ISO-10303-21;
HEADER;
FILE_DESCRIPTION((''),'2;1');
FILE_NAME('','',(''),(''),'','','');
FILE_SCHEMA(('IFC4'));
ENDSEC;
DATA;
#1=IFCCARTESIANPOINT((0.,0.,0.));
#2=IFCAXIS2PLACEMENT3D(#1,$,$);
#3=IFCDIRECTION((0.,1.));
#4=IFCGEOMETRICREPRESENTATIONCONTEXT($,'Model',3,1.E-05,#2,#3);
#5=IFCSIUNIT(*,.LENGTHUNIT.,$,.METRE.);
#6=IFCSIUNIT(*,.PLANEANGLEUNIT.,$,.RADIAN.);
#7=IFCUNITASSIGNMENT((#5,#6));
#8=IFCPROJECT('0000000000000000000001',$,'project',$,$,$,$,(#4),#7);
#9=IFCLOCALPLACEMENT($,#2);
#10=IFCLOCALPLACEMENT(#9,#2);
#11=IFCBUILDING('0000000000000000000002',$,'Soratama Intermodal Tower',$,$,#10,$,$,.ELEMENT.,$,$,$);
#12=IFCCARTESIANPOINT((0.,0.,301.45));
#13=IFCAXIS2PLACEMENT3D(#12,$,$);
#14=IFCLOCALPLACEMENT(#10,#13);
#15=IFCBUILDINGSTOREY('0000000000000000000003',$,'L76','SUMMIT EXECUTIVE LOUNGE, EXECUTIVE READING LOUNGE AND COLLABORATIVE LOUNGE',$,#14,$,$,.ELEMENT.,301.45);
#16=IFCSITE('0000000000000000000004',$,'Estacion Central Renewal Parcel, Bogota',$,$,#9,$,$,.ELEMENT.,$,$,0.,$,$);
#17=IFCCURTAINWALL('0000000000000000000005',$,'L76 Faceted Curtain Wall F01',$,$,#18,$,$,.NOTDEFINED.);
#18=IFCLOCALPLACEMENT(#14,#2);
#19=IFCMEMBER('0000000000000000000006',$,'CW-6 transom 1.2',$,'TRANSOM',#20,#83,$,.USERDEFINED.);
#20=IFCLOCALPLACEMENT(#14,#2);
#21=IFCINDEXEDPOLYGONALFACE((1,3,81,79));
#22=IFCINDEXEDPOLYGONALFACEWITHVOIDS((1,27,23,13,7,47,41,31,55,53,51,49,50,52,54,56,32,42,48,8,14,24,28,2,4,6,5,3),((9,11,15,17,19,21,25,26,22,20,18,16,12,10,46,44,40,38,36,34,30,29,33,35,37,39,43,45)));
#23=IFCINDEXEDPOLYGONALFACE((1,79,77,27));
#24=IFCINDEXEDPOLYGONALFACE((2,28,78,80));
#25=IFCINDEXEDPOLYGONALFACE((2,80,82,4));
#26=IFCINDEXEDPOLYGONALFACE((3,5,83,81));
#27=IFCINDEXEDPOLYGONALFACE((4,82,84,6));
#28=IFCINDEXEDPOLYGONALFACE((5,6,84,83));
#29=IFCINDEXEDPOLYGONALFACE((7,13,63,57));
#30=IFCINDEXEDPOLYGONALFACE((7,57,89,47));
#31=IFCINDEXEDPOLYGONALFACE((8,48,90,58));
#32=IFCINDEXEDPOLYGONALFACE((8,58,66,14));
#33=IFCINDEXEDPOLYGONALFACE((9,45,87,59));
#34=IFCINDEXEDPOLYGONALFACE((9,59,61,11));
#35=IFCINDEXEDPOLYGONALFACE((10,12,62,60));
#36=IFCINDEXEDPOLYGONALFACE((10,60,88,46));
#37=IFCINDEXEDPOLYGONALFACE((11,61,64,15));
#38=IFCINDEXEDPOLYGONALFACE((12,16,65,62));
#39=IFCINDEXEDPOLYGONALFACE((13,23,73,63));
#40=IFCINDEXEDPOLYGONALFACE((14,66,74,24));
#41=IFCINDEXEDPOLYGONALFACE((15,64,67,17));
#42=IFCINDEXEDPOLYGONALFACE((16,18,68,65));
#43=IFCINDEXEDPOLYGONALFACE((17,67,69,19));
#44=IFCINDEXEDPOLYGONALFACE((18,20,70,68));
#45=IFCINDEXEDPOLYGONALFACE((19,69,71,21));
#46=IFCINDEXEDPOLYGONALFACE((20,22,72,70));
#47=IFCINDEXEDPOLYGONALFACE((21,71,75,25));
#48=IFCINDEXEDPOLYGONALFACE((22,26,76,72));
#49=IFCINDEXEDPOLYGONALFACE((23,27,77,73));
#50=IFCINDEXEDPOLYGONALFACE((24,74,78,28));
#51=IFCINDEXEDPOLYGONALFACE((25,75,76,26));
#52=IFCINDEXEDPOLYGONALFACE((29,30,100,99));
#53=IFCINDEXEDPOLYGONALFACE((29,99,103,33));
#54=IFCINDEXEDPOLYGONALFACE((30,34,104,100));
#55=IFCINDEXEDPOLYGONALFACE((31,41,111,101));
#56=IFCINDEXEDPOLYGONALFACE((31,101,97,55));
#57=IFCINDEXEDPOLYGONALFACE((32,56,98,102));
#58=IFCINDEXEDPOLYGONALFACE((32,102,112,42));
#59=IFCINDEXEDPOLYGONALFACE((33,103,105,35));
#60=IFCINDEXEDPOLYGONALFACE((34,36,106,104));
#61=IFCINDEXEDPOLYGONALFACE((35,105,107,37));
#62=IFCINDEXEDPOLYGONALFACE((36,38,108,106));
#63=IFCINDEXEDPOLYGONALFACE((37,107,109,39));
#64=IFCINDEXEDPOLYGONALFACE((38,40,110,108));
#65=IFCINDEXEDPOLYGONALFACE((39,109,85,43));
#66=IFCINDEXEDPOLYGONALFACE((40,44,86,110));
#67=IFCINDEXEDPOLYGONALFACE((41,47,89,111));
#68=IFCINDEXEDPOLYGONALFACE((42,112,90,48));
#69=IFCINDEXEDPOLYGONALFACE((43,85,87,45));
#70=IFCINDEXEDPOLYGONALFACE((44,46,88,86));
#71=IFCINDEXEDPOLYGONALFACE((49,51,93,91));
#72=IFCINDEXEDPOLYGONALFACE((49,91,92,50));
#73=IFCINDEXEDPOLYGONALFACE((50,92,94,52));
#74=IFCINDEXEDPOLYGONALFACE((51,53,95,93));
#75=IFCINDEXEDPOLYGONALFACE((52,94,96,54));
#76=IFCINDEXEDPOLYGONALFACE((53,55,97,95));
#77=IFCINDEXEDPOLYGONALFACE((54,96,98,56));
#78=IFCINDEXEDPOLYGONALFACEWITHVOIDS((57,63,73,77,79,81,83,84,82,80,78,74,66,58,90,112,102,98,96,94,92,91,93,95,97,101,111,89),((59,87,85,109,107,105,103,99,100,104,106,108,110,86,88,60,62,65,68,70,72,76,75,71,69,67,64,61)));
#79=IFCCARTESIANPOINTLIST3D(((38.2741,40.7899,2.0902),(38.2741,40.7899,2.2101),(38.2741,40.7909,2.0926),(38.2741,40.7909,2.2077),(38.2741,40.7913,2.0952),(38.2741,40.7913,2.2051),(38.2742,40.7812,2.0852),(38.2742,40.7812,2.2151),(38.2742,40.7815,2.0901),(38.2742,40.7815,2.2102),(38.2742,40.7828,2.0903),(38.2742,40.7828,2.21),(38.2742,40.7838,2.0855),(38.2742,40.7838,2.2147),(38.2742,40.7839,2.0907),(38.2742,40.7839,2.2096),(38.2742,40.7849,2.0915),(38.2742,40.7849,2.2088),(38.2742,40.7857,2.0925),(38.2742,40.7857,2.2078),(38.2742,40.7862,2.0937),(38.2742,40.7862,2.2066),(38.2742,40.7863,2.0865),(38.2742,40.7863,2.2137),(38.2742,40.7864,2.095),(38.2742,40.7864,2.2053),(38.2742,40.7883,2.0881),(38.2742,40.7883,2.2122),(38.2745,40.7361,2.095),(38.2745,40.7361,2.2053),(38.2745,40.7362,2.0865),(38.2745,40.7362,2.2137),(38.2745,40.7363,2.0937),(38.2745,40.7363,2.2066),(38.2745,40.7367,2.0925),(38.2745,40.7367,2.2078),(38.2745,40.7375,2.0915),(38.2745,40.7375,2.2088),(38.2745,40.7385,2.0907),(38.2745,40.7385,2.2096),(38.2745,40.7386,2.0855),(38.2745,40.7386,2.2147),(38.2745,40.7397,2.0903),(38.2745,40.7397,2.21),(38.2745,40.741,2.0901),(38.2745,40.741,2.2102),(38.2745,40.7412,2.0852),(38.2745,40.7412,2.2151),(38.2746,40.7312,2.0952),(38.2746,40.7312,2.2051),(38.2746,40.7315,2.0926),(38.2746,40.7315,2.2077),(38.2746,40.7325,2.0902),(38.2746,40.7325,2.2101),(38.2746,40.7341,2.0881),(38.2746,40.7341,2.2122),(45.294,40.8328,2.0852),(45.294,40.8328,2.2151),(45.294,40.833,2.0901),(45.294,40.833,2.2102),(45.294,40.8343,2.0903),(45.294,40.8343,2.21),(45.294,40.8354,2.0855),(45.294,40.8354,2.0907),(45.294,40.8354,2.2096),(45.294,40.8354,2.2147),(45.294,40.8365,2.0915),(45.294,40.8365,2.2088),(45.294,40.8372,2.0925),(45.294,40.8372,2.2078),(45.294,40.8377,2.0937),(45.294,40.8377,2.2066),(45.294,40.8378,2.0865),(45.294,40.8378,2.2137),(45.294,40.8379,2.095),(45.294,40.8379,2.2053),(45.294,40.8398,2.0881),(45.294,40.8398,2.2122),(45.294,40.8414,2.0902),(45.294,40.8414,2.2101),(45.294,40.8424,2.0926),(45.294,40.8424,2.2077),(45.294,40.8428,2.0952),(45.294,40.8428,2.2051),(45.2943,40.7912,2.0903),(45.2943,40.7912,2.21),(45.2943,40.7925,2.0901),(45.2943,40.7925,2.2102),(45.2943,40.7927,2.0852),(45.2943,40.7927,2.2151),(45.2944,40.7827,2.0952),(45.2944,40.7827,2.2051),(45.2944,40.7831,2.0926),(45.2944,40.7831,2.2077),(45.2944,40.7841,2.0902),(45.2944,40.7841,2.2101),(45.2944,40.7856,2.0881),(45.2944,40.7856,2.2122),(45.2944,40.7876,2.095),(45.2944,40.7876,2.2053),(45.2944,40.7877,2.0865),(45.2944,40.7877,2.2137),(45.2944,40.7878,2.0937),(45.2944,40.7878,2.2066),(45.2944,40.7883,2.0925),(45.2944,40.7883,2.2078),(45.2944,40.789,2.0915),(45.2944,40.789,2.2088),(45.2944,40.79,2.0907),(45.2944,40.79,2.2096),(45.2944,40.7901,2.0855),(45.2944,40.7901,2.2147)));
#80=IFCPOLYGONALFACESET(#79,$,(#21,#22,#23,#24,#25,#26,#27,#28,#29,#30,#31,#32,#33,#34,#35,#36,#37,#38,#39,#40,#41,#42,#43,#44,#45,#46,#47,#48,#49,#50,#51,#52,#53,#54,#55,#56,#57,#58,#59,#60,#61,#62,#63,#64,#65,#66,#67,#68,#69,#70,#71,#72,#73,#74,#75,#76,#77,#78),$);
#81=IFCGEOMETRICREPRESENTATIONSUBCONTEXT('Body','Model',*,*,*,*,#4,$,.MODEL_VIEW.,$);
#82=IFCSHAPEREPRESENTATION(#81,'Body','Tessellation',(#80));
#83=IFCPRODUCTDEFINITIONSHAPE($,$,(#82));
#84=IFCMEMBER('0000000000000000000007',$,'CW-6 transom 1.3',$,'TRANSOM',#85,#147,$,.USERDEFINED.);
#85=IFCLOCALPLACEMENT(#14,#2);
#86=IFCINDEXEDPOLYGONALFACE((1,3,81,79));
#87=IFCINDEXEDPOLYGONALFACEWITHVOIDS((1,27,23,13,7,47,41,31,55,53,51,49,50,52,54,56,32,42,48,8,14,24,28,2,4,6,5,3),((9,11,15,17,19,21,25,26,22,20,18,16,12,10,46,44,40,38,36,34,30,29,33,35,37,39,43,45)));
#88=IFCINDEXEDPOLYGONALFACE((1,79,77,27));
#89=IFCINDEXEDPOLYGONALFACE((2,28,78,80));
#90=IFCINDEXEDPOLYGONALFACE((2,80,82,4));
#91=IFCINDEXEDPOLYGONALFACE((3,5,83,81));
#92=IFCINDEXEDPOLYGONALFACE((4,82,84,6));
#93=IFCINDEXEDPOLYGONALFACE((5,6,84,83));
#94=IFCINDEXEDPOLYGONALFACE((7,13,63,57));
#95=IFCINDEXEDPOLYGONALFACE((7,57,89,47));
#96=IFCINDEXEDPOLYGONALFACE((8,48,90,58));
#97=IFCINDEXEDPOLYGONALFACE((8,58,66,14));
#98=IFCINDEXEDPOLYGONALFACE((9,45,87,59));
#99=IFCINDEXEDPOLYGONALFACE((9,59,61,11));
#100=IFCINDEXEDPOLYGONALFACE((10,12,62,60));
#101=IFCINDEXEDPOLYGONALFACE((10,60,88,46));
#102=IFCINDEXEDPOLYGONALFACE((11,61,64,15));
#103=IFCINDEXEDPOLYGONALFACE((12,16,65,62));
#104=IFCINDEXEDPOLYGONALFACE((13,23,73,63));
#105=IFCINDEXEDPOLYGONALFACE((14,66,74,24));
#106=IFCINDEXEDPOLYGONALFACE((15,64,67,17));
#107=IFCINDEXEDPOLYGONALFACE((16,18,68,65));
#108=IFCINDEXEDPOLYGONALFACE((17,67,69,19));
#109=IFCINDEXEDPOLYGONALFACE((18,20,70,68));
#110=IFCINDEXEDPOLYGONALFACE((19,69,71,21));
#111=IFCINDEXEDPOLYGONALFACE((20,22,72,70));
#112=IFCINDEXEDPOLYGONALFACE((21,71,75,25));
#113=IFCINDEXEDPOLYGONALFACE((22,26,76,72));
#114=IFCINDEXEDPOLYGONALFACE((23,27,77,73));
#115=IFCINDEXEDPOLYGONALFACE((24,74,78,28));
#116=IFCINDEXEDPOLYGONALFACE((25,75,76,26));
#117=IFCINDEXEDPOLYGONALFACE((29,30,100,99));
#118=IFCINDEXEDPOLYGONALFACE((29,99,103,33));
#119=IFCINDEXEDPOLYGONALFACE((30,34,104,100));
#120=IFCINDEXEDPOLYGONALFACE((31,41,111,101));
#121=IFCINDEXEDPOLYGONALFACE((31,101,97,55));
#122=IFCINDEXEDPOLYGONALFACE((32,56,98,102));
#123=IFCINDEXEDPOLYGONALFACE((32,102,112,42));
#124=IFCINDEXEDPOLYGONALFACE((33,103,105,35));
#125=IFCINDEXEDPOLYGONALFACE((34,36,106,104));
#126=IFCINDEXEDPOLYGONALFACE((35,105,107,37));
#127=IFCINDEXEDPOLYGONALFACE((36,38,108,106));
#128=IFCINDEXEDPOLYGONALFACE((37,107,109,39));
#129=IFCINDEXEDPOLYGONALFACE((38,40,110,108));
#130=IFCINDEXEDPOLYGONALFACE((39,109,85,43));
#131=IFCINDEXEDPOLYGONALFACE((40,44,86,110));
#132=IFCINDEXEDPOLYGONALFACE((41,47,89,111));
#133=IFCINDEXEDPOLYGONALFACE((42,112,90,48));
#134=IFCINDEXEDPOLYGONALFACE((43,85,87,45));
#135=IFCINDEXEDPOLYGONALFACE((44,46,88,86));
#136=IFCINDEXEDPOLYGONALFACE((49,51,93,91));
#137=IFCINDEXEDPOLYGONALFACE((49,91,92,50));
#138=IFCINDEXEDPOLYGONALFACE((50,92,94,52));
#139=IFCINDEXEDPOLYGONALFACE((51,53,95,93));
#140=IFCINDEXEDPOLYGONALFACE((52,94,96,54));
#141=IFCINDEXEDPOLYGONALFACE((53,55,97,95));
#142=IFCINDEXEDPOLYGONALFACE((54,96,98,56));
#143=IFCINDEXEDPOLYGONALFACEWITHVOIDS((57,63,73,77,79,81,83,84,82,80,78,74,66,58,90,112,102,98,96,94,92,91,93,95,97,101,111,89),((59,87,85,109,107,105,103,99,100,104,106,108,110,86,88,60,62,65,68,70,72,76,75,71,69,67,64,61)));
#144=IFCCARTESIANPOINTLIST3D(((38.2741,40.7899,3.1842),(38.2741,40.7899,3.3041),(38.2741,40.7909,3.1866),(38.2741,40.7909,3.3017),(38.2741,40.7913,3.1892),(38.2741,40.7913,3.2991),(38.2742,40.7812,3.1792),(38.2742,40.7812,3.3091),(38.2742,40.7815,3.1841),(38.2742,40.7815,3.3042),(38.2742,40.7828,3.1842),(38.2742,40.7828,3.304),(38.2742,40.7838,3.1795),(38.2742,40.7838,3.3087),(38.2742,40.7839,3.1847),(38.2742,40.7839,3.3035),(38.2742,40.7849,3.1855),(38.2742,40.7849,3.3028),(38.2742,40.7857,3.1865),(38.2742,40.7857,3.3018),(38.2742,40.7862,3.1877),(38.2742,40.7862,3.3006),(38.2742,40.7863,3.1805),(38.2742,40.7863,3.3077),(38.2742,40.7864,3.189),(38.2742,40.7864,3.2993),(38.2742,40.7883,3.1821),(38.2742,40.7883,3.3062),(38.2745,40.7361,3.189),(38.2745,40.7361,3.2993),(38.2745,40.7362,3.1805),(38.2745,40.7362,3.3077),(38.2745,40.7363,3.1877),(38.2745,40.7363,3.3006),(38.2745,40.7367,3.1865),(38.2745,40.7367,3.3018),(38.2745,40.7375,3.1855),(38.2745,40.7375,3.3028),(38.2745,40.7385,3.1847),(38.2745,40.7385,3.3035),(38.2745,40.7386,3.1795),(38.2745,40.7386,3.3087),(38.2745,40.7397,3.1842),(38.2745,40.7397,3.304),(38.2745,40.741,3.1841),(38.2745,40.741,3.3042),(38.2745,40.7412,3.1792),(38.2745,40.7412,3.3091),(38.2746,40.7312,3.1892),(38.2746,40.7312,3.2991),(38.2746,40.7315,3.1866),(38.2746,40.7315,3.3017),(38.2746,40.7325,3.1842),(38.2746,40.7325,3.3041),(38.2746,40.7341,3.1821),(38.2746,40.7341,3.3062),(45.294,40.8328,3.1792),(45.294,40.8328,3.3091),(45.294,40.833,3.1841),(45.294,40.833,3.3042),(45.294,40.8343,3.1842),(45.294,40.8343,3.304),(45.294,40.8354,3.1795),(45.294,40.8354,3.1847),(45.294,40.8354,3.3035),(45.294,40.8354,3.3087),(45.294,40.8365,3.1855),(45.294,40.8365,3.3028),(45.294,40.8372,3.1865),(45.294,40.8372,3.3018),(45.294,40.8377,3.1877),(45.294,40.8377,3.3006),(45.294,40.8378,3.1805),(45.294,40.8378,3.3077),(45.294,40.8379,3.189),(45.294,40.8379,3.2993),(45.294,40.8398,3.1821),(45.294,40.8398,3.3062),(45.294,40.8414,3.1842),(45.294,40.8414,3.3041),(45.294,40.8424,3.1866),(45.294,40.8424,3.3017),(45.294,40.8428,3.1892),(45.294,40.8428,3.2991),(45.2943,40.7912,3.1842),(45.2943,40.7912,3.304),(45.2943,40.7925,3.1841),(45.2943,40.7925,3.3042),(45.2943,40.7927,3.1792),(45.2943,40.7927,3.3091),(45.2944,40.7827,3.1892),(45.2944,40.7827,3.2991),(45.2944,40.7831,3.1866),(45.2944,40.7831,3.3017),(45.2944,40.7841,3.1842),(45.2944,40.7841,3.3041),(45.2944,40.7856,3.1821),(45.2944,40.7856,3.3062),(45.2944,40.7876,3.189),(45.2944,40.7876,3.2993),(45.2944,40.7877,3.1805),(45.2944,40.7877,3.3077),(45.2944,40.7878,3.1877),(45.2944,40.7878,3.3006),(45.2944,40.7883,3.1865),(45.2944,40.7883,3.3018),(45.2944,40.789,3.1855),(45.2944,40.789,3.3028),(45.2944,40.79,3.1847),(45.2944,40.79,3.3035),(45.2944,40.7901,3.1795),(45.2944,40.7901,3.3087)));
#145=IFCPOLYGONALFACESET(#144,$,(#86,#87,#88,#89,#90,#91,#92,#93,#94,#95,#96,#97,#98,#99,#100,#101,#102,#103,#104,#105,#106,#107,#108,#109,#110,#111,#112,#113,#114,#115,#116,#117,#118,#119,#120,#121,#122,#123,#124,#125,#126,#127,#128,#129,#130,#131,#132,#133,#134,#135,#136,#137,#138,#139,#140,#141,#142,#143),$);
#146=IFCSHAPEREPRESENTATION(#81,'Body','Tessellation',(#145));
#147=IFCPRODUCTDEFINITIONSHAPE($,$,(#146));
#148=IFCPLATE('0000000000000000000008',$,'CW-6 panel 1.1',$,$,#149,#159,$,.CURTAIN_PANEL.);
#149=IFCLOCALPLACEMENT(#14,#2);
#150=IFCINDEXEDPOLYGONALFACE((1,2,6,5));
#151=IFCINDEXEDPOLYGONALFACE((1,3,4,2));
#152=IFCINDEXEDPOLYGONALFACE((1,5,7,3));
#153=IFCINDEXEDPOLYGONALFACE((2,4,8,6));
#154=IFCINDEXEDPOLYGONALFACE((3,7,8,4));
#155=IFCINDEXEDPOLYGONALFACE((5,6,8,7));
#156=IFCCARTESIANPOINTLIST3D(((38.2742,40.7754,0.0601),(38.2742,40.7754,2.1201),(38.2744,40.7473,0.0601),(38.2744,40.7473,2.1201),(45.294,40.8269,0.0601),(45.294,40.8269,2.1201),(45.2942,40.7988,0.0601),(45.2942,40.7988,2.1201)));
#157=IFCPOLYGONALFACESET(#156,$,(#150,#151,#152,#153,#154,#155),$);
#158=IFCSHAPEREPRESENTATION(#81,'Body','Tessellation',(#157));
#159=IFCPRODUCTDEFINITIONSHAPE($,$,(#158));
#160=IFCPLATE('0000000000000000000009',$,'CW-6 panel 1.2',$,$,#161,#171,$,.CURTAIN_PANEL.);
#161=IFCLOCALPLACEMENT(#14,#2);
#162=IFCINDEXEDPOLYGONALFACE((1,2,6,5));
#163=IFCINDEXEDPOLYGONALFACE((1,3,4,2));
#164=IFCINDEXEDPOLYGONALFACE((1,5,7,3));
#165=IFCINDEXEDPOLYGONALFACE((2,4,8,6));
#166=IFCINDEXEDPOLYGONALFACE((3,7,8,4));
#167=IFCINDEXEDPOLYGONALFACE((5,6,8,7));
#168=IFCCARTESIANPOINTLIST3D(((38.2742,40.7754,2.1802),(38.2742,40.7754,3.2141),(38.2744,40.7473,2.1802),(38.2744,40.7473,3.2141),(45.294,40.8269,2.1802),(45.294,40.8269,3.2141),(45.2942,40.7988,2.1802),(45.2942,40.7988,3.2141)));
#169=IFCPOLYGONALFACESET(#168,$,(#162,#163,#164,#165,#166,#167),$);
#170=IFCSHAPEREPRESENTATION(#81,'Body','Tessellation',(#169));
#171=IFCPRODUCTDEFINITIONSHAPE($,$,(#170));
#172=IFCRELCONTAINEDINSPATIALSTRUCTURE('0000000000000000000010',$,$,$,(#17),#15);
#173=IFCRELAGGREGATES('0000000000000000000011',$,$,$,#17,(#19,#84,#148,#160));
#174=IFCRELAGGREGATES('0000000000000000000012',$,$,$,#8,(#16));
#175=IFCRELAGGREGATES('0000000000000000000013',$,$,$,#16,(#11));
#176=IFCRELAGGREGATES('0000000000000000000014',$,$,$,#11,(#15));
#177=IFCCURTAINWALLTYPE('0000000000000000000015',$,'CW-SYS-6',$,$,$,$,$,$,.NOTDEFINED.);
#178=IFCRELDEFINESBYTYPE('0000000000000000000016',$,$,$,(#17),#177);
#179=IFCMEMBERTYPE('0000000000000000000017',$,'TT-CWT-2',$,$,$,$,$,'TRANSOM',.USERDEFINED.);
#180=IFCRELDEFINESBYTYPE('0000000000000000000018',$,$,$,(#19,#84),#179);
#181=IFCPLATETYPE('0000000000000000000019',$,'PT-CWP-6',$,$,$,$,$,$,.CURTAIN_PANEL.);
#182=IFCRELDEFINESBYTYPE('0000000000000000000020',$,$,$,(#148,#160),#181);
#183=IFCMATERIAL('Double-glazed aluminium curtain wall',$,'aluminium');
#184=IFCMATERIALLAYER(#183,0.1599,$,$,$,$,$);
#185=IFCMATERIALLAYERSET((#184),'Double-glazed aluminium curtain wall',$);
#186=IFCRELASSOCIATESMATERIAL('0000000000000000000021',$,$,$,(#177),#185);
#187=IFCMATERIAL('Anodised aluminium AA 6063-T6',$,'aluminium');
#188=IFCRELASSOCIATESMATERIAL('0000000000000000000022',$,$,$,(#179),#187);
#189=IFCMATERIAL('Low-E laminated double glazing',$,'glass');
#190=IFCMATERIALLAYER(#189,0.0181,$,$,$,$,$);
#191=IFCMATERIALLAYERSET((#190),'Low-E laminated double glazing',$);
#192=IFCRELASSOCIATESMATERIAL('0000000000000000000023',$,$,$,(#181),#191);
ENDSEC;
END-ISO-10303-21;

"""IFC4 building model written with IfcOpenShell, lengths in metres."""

from ifc_helpers import new_model, si_unit, direction, frame, origin, origin_2d, place, context, subcontext, project, spatial, rectangle, hollow_rectangle, extrude, material, layer, layer_set, material_profile, profile_set, type_object, element, aggregate, save


model = new_model("IFC4")

# Units and contexts
model_context = context("Model", 3, precision=1e-05, world=origin(), true_north=direction((0.0, 1.0)))
body_context = subcontext(model_context, "Body", "Model", "MODEL_VIEW")
ifc_project = project(units=[si_unit("LENGTHUNIT", "METRE"), si_unit("PLANEANGLEUNIT", "RADIAN")], contexts=[model_context])

# Site, building, storey
site_placement = place(None, origin())
site = spatial("IfcSite", under=ifc_project, at=site_placement, Name="Estacion Central Renewal Parcel, Bogota", CompositionType="ELEMENT", RefElevation=0.0)
building_placement = place(site_placement, origin())
building = spatial("IfcBuilding", under=site, at=building_placement, Name="Soratama Intermodal Tower", CompositionType="ELEMENT")
storey_placement = place(building_placement, frame((0.0, 0.0, 301.45)))
storey = spatial("IfcBuildingStorey", under=building, at=storey_placement, Name="L76", Description="SUMMIT EXECUTIVE LOUNGE, EXECUTIVE READING LOUNGE AND COLLABORATIVE LOUNGE", CompositionType="ELEMENT", Elevation=301.45)

# Curtain wall, members, plates
ifc_material_1 = material(Name="Double-glazed aluminium curtain wall", Category="aluminium")
ifc_layer_1 = layer(ifc_material_1, 0.1599)
ifc_layer_set_1 = layer_set([ifc_layer_1], Name="Double-glazed aluminium curtain wall")
curtain_wall_type = type_object("IfcCurtainWallType", Name="CW-SYS-6", PredefinedType="NOTDEFINED", material=ifc_layer_set_1)
curtain_wall_placement = place(storey_placement, origin())
curtain_wall = element("IfcCurtainWall", 1, at=curtain_wall_placement, inside=storey, type_object=curtain_wall_type, Name="L76 Faceted Curtain Wall F01", PredefinedType="NOTDEFINED")
ifc_material_2 = material(Name="Anodised aluminium AA 6063-T6", Category="aluminium")
ifc_material_profile_1 = material_profile(ifc_material_2, hollow_rectangle(XDim=0.0601, YDim=0.1299, WallThickness=0.0049, InnerFilletRadius=0.0049, OuterFilletRadius=0.01, at=origin_2d()), Name="CWT130X60X5")
ifc_profile_set_1 = profile_set([ifc_material_profile_1], Name="Anodised aluminium AA 6063-T6")
member_type_1 = type_object("IfcMemberType", Name="TT-CWT-2", ElementType="TRANSOM", PredefinedType="USERDEFINED", material=ifc_profile_set_1)
member_1_placement = place(storey_placement, frame((45.2942, 40.8127, 2.1501), z_axis=(-0.999973, -0.007338, 0.0), x_axis=(0.007338, -0.999973, 0.0)))
member_1 = element("IfcMember", 2, at=member_1_placement, type_object=member_type_1, Name="CW-6 transom 1.2", ObjectType="TRANSOM", PredefinedType="USERDEFINED", context=body_context, shape_type="SweptSolid", body=[
    extrude(hollow_rectangle(XDim=0.0601, YDim=0.1299, WallThickness=0.0049, InnerFilletRadius=0.0049, OuterFilletRadius=0.01, at=origin_2d()), origin(), (0.0, 0.0, 1.0), 7.02),
])
member_2_placement = place(storey_placement, frame((45.2942, 40.8127, 3.2441), z_axis=(-0.999973, -0.007338, 0.0), x_axis=(0.007338, -0.999973, 0.0)))
member_2 = element("IfcMember", 3, at=member_2_placement, type_object=member_type_1, Name="CW-6 transom 1.3", ObjectType="TRANSOM", PredefinedType="USERDEFINED", context=body_context, shape_type="SweptSolid", body=[
    extrude(hollow_rectangle(XDim=0.0601, YDim=0.1299, WallThickness=0.0049, InnerFilletRadius=0.0049, OuterFilletRadius=0.01, at=origin_2d()), origin(), (0.0, 0.0, 1.0), 7.02),
])
ifc_material_3 = material(Name="Low-E laminated double glazing", Category="glass")
ifc_layer_2 = layer(ifc_material_3, 0.0181)
ifc_layer_set_2 = layer_set([ifc_layer_2], Name="Low-E laminated double glazing")
plate_type = type_object("IfcPlateType", Name="PT-CWP-6", PredefinedType="CURTAIN_PANEL", material=ifc_layer_set_2)
plate_1_placement = place(storey_placement, frame((41.7842, 40.7871, 0.0601), z_axis=(0.0, 0.0, 1.0), x_axis=(-0.999973, -0.007339, 0.0)))
plate_1 = element("IfcPlate", 4, at=plate_1_placement, type_object=plate_type, Name="CW-6 panel 1.1", PredefinedType="CURTAIN_PANEL", context=body_context, shape_type="SweptSolid", body=[
    extrude(rectangle(XDim=7.02, YDim=0.0281, at=origin_2d()), origin(), (0.0, 0.0, 1.0), 2.0601),
])
plate_2_placement = place(storey_placement, frame((41.7842, 40.7871, 2.1802), z_axis=(0.0, 0.0, 1.0), x_axis=(-0.999973, -0.007339, 0.0)))
plate_2 = element("IfcPlate", 5, at=plate_2_placement, type_object=plate_type, Name="CW-6 panel 1.2", PredefinedType="CURTAIN_PANEL", context=body_context, shape_type="SweptSolid", body=[
    extrude(rectangle(XDim=7.02, YDim=0.0281, at=origin_2d()), origin(), (0.0, 0.0, 1.0), 1.0339),
])
aggregate(curtain_wall, [member_1, member_2, plate_1, plate_2])

save(model, "model.ifc")
